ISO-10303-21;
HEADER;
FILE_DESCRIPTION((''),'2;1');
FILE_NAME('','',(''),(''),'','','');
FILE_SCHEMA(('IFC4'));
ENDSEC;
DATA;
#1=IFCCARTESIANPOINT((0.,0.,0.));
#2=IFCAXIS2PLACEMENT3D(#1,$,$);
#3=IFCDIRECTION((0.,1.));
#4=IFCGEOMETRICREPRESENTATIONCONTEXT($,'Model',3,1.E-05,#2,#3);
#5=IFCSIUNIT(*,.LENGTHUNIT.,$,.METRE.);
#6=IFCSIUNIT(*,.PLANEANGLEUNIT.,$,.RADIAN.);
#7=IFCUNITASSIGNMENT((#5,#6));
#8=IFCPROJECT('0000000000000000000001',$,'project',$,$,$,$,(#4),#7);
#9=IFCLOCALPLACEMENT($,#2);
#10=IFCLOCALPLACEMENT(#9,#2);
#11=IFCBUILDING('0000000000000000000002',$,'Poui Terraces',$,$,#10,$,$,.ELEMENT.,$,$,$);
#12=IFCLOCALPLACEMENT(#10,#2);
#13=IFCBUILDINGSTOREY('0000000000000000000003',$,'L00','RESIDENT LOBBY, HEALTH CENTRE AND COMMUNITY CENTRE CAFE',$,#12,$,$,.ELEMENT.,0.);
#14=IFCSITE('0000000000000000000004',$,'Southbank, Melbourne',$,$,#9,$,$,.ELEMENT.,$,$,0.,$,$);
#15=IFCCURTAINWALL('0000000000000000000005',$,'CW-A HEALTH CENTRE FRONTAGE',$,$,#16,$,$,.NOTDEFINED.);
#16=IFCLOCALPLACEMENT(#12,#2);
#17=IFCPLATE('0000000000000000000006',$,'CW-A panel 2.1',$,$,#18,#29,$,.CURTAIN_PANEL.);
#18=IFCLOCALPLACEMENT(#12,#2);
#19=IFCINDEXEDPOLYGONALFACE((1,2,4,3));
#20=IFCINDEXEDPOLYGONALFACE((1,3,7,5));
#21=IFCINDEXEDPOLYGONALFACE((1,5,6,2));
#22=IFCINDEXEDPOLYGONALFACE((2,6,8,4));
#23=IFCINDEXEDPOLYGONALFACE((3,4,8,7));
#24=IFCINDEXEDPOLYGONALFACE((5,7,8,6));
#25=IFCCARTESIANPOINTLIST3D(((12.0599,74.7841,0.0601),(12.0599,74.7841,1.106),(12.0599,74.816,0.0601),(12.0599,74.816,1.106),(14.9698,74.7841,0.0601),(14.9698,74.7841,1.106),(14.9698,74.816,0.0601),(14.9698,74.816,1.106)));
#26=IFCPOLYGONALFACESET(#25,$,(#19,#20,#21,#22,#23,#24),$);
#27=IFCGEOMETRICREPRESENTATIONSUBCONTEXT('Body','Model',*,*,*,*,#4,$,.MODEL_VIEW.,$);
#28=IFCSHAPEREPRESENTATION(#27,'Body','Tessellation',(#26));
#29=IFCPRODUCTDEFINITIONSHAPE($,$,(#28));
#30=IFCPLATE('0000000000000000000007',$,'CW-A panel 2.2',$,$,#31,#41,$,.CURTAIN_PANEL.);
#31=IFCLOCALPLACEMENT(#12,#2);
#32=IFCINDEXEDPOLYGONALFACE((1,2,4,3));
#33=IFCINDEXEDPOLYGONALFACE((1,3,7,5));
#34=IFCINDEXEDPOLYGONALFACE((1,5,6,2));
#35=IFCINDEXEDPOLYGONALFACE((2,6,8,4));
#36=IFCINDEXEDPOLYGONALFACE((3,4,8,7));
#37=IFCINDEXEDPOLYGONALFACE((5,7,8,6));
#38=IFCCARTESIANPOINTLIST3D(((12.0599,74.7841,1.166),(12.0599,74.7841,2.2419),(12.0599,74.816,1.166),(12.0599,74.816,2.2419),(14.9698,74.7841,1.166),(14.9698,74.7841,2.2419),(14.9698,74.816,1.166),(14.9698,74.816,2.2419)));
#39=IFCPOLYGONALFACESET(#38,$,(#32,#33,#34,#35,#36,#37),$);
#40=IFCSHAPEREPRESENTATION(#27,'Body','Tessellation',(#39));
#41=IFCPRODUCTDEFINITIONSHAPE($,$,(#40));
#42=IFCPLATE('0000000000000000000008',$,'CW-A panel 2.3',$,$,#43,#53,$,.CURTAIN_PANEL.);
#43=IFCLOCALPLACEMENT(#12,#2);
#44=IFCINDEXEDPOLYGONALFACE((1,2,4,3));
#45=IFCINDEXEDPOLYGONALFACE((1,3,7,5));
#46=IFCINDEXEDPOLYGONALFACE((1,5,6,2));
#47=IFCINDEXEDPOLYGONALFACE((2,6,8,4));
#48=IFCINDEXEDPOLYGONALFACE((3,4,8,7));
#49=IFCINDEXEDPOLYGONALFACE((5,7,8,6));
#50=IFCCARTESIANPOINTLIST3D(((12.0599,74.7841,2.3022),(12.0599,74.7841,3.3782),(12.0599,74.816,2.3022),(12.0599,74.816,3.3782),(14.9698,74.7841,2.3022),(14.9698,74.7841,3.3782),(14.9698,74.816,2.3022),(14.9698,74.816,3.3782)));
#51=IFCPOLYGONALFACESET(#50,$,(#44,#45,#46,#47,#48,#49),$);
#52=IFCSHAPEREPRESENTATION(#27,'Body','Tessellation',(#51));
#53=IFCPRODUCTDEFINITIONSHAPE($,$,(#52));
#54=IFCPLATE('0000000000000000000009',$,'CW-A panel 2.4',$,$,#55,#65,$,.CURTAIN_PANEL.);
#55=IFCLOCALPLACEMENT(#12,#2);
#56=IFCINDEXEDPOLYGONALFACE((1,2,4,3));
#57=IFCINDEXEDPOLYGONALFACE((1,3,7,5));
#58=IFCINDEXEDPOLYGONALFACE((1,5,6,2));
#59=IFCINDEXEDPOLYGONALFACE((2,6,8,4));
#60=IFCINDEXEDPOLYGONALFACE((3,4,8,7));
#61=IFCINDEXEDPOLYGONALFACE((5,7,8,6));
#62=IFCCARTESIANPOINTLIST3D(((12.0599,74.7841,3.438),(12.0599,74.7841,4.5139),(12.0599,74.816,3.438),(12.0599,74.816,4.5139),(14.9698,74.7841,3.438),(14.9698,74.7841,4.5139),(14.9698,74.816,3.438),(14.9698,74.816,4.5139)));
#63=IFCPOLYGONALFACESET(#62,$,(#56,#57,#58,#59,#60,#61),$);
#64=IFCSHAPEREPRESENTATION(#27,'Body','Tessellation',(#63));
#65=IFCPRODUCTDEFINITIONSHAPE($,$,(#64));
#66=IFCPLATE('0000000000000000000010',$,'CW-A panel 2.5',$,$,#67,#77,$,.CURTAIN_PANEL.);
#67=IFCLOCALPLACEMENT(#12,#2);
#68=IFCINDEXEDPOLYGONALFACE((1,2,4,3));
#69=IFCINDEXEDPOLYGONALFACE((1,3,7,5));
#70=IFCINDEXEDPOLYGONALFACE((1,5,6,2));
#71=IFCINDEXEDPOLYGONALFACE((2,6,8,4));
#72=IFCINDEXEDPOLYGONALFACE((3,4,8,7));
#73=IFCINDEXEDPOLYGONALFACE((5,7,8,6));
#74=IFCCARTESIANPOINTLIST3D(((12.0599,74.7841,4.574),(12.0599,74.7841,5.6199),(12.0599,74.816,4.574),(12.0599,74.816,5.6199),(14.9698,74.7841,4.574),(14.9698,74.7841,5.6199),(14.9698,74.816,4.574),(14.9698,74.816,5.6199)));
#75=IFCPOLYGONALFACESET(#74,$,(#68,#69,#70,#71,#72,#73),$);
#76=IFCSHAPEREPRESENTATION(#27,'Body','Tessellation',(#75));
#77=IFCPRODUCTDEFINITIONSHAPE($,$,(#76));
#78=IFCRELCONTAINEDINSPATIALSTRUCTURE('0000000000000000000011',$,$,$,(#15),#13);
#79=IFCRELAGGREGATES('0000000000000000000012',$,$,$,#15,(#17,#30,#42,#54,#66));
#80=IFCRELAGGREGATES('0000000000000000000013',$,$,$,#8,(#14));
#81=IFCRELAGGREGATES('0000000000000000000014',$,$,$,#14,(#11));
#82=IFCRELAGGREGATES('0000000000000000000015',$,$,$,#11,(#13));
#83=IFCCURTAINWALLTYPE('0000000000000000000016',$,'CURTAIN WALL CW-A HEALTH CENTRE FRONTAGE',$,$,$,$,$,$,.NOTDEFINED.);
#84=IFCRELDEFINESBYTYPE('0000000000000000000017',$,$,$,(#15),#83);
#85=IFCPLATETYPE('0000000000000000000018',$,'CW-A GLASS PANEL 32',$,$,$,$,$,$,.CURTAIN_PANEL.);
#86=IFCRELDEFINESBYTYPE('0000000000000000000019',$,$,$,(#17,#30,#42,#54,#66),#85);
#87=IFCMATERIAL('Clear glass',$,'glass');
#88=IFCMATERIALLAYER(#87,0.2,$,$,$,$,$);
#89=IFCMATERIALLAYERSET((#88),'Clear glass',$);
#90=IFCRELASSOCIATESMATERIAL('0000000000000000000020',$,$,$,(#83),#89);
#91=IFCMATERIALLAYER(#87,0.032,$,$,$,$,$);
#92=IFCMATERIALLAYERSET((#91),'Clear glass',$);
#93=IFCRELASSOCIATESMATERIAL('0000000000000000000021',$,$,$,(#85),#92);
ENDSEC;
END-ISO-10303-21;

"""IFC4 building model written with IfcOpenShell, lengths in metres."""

from ifc_helpers import new_model, si_unit, direction, frame, origin, origin_2d, place, context, subcontext, project, spatial, rectangle, extrude, material, layer, layer_set, type_object, element, aggregate, save


model = new_model("IFC4")

# Units and contexts
model_context = context("Model", 3, precision=1e-05, world=origin(), true_north=direction((0.0, 1.0)))
body_context = subcontext(model_context, "Body", "Model", "MODEL_VIEW")
ifc_project = project(units=[si_unit("LENGTHUNIT", "METRE"), si_unit("PLANEANGLEUNIT", "RADIAN")], contexts=[model_context])

# Site, building, storey
site_placement = place(None, origin())
site = spatial("IfcSite", under=ifc_project, at=site_placement, Name="Southbank, Melbourne", CompositionType="ELEMENT", RefElevation=0.0)
building_placement = place(site_placement, origin())
building = spatial("IfcBuilding", under=site, at=building_placement, Name="Poui Terraces", CompositionType="ELEMENT")
storey_placement = place(building_placement, origin())
storey = spatial("IfcBuildingStorey", under=building, at=storey_placement, Name="L00", Description="RESIDENT LOBBY, HEALTH CENTRE AND COMMUNITY CENTRE CAFE", CompositionType="ELEMENT", Elevation=0.0)

# Shared definitions
ifc_material_1 = material(Name="Clear glass", Category="glass")
ifc_layer_1 = layer(ifc_material_1, 0.2)
ifc_layer_set_1 = layer_set([ifc_layer_1], Name="Clear glass")
curtain_wall_type = type_object("IfcCurtainWallType", Name="CURTAIN WALL CW-A HEALTH CENTRE FRONTAGE", PredefinedType="NOTDEFINED", material=ifc_layer_set_1)

# Curtain wall
curtain_wall_1_placement = place(storey_placement, origin())
curtain_wall_1 = element("IfcCurtainWall", 1, at=curtain_wall_1_placement, inside=storey, type_object=curtain_wall_type, Name="CW-A HEALTH CENTRE FRONTAGE", PredefinedType="NOTDEFINED")

# Plates
ifc_layer_2 = layer(ifc_material_1, 0.032)
ifc_layer_set_2 = layer_set([ifc_layer_2], Name="Clear glass")
plate_type = type_object("IfcPlateType", Name="CW-A GLASS PANEL 32", PredefinedType="CURTAIN_PANEL", material=ifc_layer_set_2)
plate_1_placement = place(storey_placement, frame((13.5149, 74.8, 0.0601), z_axis=(0.0, 0.0, 1.0), x_axis=(-1.0, 0.0, 0.0)))
plate_1 = element("IfcPlate", 2, at=plate_1_placement, type_object=plate_type, Name="CW-A panel 2.1", PredefinedType="CURTAIN_PANEL", context=body_context, shape_type="SweptSolid", body=[
    extrude(rectangle(XDim=2.9099, YDim=0.032, at=origin_2d()), origin(), (0.0, 0.0, 1.0), 1.0459),
])
plate_2_placement = place(storey_placement, frame((13.5149, 74.8, 1.166), z_axis=(0.0, 0.0, 1.0), x_axis=(-1.0, 0.0, 0.0)))
plate_2 = element("IfcPlate", 3, at=plate_2_placement, type_object=plate_type, Name="CW-A panel 2.2", PredefinedType="CURTAIN_PANEL", context=body_context, shape_type="SweptSolid", body=[
    extrude(rectangle(XDim=2.9099, YDim=0.032, at=origin_2d()), origin(), (0.0, 0.0, 1.0), 1.0759),
])
plate_3_placement = place(storey_placement, frame((13.5149, 74.8, 2.3022), z_axis=(0.0, 0.0, 1.0), x_axis=(-1.0, 0.0, 0.0)))
plate_3 = element("IfcPlate", 4, at=plate_3_placement, type_object=plate_type, Name="CW-A panel 2.3", PredefinedType="CURTAIN_PANEL", context=body_context, shape_type="SweptSolid", body=[
    extrude(rectangle(XDim=2.9099, YDim=0.032, at=origin_2d()), origin(), (0.0, 0.0, 1.0), 1.0759),
])
plate_4_placement = place(storey_placement, frame((13.5149, 74.8, 3.438), z_axis=(0.0, 0.0, 1.0), x_axis=(-1.0, 0.0, 0.0)))
plate_4 = element("IfcPlate", 5, at=plate_4_placement, type_object=plate_type, Name="CW-A panel 2.4", PredefinedType="CURTAIN_PANEL", context=body_context, shape_type="SweptSolid", body=[
    extrude(rectangle(XDim=2.9099, YDim=0.032, at=origin_2d()), origin(), (0.0, 0.0, 1.0), 1.0759),
])
plate_5_placement = place(storey_placement, frame((13.5149, 74.8, 4.574), z_axis=(0.0, 0.0, 1.0), x_axis=(-1.0, 0.0, 0.0)))
plate_5 = element("IfcPlate", 6, at=plate_5_placement, type_object=plate_type, Name="CW-A panel 2.5", PredefinedType="CURTAIN_PANEL", context=body_context, shape_type="SweptSolid", body=[
    extrude(rectangle(XDim=2.9099, YDim=0.032, at=origin_2d()), origin(), (0.0, 0.0, 1.0), 1.0459),
])
aggregate(curtain_wall_1, [plate_1, plate_2, plate_3, plate_4, plate_5])

save(model, "model.ifc")
